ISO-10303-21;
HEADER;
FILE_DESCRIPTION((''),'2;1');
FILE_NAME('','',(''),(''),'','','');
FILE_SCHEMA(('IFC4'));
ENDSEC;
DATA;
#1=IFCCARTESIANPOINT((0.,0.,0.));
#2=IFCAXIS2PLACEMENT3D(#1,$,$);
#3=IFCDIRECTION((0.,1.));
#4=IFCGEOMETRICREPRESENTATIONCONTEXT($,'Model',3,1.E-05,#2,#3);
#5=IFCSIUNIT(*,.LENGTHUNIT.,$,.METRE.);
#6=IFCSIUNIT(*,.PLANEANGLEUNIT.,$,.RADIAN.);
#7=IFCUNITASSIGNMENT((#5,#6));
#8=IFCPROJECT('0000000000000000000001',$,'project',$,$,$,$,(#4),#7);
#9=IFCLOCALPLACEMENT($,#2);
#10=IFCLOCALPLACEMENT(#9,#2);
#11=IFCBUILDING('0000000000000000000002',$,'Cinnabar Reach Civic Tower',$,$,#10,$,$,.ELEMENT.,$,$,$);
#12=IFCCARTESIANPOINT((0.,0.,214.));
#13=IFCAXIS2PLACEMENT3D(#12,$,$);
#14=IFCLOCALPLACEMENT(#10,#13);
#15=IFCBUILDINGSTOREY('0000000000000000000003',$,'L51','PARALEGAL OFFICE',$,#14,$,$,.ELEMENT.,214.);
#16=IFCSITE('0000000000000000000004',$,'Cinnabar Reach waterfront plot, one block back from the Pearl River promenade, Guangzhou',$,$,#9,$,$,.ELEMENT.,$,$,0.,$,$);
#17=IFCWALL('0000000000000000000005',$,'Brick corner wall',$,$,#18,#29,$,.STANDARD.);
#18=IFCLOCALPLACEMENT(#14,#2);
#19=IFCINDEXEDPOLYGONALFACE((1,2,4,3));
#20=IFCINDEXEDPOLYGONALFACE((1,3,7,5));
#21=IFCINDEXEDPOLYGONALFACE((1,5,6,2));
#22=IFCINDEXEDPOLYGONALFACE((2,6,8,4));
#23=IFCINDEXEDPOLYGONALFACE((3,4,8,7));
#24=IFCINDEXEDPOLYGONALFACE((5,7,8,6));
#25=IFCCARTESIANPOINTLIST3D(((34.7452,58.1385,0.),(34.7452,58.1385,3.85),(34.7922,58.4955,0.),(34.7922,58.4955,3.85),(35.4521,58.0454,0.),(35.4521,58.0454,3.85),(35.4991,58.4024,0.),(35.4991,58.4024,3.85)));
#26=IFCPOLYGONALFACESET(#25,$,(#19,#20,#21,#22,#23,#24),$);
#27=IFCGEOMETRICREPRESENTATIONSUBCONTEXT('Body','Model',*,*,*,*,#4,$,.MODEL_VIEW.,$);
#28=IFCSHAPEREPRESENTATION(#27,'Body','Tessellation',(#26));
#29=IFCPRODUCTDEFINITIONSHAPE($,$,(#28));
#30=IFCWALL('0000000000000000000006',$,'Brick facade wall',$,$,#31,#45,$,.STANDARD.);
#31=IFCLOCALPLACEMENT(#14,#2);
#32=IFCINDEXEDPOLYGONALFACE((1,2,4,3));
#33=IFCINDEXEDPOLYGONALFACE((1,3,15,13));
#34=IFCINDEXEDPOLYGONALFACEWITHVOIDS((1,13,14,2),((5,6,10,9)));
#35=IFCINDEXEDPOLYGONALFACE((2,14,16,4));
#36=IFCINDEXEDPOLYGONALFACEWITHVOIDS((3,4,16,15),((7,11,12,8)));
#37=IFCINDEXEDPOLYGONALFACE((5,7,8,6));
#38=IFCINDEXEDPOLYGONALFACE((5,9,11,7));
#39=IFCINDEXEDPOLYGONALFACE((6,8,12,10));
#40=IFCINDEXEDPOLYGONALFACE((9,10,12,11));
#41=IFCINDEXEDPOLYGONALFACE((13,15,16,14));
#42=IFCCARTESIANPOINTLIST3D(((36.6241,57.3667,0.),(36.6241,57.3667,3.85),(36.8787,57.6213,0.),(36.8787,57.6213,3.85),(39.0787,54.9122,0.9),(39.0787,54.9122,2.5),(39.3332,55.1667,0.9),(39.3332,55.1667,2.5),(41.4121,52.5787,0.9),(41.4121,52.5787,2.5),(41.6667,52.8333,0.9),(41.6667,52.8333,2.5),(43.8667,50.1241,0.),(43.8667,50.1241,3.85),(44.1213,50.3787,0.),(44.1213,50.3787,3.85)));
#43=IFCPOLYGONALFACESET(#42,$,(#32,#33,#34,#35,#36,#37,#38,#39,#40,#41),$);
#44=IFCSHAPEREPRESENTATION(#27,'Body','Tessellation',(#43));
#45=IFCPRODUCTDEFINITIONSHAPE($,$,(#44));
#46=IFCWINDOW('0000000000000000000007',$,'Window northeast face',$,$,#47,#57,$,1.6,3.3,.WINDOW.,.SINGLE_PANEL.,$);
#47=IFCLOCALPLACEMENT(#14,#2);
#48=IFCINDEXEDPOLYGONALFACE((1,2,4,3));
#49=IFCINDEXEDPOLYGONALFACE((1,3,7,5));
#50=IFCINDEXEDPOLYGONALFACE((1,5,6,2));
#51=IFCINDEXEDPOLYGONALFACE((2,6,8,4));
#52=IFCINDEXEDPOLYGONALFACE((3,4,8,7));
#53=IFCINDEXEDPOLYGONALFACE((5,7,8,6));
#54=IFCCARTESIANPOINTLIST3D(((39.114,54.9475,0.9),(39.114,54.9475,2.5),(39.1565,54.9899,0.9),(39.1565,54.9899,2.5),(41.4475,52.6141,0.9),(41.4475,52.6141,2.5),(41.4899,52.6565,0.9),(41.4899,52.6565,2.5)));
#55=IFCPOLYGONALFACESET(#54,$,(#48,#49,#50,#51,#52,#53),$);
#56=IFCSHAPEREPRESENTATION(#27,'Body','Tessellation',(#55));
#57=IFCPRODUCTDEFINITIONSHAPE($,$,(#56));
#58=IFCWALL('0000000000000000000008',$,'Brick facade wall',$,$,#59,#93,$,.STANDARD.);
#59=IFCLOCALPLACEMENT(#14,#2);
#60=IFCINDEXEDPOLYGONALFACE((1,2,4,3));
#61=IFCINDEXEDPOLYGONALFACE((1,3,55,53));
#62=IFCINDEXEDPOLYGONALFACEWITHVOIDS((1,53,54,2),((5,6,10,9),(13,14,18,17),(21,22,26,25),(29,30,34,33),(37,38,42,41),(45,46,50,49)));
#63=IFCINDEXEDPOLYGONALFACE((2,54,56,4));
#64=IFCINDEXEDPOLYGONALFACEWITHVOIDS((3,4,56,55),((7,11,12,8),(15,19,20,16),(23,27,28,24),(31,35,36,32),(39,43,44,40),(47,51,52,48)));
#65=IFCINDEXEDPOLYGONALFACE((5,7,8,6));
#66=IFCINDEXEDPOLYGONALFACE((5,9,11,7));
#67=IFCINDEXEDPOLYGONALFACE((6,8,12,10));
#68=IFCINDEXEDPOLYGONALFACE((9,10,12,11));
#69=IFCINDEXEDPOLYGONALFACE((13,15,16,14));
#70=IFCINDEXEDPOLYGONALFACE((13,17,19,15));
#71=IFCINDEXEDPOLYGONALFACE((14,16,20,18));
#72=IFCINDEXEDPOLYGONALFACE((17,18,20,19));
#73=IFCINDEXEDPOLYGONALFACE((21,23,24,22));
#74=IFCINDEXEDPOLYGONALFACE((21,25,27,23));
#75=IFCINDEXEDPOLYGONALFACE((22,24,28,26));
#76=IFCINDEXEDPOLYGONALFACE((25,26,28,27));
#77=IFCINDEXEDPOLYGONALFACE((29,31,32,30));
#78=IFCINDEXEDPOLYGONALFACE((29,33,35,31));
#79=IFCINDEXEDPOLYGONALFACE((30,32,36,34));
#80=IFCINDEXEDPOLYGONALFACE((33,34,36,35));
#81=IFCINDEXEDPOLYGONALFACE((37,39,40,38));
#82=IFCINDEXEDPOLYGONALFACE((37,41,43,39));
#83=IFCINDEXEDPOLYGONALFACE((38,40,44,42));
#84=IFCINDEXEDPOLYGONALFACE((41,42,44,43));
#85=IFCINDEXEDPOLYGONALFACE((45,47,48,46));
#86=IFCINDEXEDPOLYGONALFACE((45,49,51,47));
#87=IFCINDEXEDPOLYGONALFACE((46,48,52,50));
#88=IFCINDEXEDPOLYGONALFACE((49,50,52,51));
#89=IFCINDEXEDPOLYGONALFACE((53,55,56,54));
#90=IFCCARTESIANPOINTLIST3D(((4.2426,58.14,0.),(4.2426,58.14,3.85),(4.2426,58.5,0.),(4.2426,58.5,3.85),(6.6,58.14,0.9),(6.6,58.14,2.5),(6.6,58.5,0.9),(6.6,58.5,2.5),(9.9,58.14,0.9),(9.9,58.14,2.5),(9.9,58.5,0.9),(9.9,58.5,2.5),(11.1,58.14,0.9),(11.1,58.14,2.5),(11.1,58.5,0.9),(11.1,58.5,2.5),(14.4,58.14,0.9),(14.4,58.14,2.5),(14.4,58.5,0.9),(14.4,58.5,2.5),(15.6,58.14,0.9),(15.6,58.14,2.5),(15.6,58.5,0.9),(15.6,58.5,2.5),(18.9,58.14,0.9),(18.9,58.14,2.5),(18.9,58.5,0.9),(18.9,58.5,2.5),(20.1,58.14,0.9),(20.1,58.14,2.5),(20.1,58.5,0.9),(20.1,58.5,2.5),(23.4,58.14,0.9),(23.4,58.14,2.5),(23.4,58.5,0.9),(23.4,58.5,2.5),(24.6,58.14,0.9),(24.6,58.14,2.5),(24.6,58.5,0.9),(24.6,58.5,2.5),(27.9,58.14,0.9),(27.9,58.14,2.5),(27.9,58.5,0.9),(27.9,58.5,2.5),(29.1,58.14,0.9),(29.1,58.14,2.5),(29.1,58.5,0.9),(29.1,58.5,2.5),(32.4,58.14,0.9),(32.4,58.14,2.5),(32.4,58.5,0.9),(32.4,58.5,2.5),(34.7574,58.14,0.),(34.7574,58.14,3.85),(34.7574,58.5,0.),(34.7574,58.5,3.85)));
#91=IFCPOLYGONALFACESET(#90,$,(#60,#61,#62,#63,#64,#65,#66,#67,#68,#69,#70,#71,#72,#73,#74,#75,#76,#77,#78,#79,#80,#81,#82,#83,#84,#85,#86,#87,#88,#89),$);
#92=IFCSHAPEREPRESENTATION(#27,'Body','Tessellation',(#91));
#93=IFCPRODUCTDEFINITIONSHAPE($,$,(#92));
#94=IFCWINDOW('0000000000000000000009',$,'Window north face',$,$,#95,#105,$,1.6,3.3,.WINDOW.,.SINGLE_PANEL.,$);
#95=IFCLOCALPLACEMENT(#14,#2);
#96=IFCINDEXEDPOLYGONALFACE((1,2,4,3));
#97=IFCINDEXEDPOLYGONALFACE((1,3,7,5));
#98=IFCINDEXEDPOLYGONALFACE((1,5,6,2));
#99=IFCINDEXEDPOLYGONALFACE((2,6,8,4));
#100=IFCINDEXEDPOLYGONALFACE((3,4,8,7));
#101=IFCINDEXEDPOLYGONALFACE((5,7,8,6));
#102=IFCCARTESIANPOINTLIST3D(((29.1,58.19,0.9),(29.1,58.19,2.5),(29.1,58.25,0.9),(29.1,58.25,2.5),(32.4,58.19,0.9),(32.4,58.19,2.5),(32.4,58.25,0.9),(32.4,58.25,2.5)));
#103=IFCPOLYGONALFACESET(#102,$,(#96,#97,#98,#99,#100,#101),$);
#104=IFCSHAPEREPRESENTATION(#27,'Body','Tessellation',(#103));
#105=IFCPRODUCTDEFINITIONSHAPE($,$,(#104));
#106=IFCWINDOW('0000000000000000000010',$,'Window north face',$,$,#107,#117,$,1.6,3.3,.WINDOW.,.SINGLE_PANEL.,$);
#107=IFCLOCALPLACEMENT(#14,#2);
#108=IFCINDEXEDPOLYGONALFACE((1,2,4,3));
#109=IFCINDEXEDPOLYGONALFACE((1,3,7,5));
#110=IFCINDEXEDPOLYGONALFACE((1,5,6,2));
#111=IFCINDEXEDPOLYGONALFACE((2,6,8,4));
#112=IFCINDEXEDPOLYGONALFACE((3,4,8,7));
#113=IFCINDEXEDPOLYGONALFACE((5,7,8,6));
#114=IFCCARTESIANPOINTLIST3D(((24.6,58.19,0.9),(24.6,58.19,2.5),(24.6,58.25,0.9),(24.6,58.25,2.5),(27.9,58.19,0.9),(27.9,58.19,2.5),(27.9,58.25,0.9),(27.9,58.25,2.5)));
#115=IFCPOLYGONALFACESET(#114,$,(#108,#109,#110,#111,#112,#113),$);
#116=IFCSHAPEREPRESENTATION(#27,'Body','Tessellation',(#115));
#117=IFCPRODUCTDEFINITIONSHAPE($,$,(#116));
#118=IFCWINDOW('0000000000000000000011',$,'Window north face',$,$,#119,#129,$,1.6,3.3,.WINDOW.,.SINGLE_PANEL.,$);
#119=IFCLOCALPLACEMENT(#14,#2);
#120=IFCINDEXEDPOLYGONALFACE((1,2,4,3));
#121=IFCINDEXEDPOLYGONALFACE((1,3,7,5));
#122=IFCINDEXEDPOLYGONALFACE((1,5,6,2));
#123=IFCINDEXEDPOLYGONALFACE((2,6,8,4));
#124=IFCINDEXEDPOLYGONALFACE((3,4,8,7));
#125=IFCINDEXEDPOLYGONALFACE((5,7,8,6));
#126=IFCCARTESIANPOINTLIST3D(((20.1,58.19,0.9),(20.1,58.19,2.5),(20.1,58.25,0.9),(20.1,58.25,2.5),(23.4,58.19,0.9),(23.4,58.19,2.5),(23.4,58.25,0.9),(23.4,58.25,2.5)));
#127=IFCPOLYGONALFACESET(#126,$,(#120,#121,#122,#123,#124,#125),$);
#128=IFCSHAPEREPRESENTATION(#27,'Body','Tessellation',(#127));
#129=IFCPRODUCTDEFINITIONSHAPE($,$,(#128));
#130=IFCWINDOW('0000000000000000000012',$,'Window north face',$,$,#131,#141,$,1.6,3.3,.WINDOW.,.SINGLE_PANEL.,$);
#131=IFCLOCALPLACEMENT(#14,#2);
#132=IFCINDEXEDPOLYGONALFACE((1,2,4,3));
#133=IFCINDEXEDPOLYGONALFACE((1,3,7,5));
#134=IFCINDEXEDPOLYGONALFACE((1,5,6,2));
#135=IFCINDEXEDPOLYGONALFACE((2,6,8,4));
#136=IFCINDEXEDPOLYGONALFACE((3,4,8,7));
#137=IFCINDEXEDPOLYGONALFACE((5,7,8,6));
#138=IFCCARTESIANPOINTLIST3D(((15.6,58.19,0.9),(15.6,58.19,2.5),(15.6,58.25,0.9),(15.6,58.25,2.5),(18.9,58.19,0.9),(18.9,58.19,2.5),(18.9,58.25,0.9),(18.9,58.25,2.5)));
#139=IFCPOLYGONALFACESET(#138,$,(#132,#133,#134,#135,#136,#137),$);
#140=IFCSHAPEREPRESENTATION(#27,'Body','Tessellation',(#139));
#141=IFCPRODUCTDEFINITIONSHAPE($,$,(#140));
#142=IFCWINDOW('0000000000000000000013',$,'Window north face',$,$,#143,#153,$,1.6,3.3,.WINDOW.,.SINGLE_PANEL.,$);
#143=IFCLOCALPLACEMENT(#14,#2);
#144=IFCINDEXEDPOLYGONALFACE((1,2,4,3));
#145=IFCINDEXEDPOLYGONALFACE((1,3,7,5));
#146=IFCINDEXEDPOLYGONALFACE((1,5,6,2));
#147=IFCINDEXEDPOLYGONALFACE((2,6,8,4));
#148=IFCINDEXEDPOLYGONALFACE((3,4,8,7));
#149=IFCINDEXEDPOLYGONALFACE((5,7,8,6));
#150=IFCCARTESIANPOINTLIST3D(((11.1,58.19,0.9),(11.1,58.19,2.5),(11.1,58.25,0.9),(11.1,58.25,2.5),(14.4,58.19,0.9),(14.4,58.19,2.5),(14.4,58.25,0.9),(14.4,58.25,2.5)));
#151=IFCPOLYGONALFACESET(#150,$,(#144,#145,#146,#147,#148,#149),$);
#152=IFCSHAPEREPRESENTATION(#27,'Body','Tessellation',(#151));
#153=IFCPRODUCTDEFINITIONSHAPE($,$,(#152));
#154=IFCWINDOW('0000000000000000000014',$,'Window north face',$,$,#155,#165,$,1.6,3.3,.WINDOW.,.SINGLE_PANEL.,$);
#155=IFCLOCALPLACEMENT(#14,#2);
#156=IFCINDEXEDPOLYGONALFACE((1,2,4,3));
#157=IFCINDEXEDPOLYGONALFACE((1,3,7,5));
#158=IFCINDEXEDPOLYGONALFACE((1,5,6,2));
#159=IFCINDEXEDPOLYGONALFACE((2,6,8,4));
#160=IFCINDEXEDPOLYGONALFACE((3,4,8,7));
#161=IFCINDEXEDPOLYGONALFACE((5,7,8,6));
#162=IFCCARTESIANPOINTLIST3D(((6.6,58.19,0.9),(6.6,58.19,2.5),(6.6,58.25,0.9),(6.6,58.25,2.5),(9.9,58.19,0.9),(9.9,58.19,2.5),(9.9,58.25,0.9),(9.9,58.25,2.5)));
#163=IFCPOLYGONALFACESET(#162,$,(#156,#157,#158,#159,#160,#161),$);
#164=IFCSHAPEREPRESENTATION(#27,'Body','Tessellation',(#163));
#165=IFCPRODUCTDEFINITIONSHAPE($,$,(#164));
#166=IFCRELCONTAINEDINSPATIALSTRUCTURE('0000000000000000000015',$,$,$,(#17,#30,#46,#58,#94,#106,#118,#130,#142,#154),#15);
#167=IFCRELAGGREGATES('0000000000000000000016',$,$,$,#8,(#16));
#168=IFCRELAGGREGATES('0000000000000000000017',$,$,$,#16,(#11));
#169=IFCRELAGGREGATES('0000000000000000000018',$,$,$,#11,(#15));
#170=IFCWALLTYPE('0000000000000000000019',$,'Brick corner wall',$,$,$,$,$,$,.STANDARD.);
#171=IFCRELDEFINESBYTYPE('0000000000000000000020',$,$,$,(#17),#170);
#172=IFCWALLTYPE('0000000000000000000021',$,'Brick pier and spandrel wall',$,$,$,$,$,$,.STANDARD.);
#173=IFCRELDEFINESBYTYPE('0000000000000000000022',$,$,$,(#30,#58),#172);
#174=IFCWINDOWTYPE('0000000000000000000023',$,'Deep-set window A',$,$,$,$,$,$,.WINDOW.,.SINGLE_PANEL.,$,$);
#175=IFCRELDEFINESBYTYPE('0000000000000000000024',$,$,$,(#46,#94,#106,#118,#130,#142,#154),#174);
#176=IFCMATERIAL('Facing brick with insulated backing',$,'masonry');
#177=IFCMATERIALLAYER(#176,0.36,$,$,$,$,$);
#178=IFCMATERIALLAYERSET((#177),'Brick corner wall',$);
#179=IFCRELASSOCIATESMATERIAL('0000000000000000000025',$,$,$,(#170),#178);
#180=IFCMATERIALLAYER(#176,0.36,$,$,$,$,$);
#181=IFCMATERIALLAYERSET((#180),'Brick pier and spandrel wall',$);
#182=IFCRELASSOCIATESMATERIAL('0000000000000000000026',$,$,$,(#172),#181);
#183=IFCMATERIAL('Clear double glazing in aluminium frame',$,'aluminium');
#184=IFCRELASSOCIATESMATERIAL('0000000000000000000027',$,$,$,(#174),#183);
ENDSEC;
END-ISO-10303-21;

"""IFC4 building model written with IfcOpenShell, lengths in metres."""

from ifc_helpers import new_model, si_unit, direction, frame, frame_2d, origin, place, context, subcontext, project, spatial, rectangle, extrude, material, layer, layer_set, type_object, element, fill, save


model = new_model("IFC4")

# Units and contexts
model_context = context("Model", 3, precision=1e-05, world=origin(), true_north=direction((0.0, 1.0)))
body_context = subcontext(model_context, "Body", "Model", "MODEL_VIEW")
ifc_project = project(units=[si_unit("LENGTHUNIT", "METRE"), si_unit("PLANEANGLEUNIT", "RADIAN")], contexts=[model_context])

# Site, building, storey
site_placement = place(None, origin())
site = spatial("IfcSite", under=ifc_project, at=site_placement, Name="Cinnabar Reach waterfront plot, one block back from the Pearl River promenade, Guangzhou", CompositionType="ELEMENT", RefElevation=0.0)
building_placement = place(site_placement, origin())
building = spatial("IfcBuilding", under=site, at=building_placement, Name="Cinnabar Reach Civic Tower", CompositionType="ELEMENT")
storey_placement = place(building_placement, frame((0.0, 0.0, 214.0)))
storey = spatial("IfcBuildingStorey", under=building, at=storey_placement, Name="L51", Description="PARALEGAL OFFICE", CompositionType="ELEMENT", Elevation=214.0)

# Wall
ifc_material_1 = material(Name="Facing brick with insulated backing", Category="masonry")
ifc_layer_1 = layer(ifc_material_1, 0.36)
ifc_layer_set_1 = layer_set([ifc_layer_1], Name="Brick corner wall")
wall_type_1 = type_object("IfcWallType", Name="Brick corner wall", PredefinedType="STANDARD", material=ifc_layer_set_1)
for number, where, z_axis, x_axis, name in (
    (1, (35.4756, 58.2239, 0.0), (0.0, 0.0, 1.0), (-0.991441, 0.130556, 0.0), "Brick corner wall"),
):
    element("IfcWall", number, at=place(storey_placement, frame(where, z_axis=z_axis, x_axis=x_axis)), inside=storey, type_object=wall_type_1, Name=name, PredefinedType="STANDARD", context=body_context, shape_type="SweptSolid", body=[
        extrude(rectangle(XDim=0.7131, YDim=0.36, at=frame_2d((0.3565, 0.0))), origin(), (0.0, 0.0, 1.0), 3.85),
    ])

# Wall, opening, window
ifc_layer_2 = layer(ifc_material_1, 0.36)
ifc_layer_set_2 = layer_set([ifc_layer_2], Name="Brick pier and spandrel wall")
wall_type_2 = type_object("IfcWallType", Name="Brick pier and spandrel wall", PredefinedType="STANDARD", material=ifc_layer_set_2)
wall_1_placement = place(storey_placement, frame((43.994, 50.2514, 0.0), z_axis=(0.0, 0.0, 1.0), x_axis=(-0.707107, 0.707107, 0.0)))
wall_1 = element("IfcWall", 2, at=wall_1_placement, inside=storey, type_object=wall_type_2, Name="Brick facade wall", PredefinedType="STANDARD", context=body_context, shape_type="SweptSolid", body=[
    extrude(rectangle(XDim=10.2426, YDim=0.36, at=frame_2d((5.1213, 0.0))), origin(), (0.0, 0.0, 1.0), 3.85),
])
opening_1_placement = place(wall_1_placement, frame((3.4713, 0.0, 0.9)))
opening_1 = element("IfcOpeningElement", 3, at=opening_1_placement, cuts=wall_1, PredefinedType="OPENING", context=body_context, shape_type="SweptSolid", body=[
    extrude(rectangle(XDim=3.3, YDim=1.6, at=frame_2d((1.65, 0.8))), frame((0.0, 0.19, 0.0), z_axis=(0.0, -1.0, 0.0), x_axis=(1.0, 0.0, 0.0)), (0.0, 0.0, 1.0), 0.38),
])
ifc_material_2 = material(Name="Clear double glazing in aluminium frame", Category="aluminium")
window_type = type_object("IfcWindowType", Name="Deep-set window A", PartitioningType="SINGLE_PANEL", PredefinedType="WINDOW", material=ifc_material_2)
window_1_placement = place(opening_1_placement, origin())
window_1 = element("IfcWindow", 4, at=window_1_placement, inside=storey, type_object=window_type, Name="Window northeast face", OverallHeight=1.6, OverallWidth=3.3, PartitioningType="SINGLE_PANEL", PredefinedType="WINDOW", context=body_context, shape_type="SweptSolid", body=[
    extrude(rectangle(XDim=3.3, YDim=1.6, at=frame_2d((1.65, 0.8))), frame((0.0, 0.13, 0.0), z_axis=(0.0, -1.0, 0.0), x_axis=(1.0, 0.0, 0.0)), (0.0, 0.0, 1.0), 0.06),
])
fill(opening_1, window_1)

# Wall, openings, windows
wall_2_placement = place(storey_placement, frame((34.7574, 58.32, 0.0), z_axis=(0.0, 0.0, 1.0), x_axis=(-1.0, 0.0, 0.0)))
wall_2 = element("IfcWall", 5, at=wall_2_placement, inside=storey, type_object=wall_type_2, Name="Brick facade wall", PredefinedType="STANDARD", context=body_context, shape_type="SweptSolid", body=[
    extrude(rectangle(XDim=30.5148, YDim=0.36, at=frame_2d((15.2574, 0.0))), origin(), (0.0, 0.0, 1.0), 3.85),
])
opening_2_placement = place(wall_2_placement, frame((2.3574, 0.0, 0.9)))
opening_2 = element("IfcOpeningElement", 6, at=opening_2_placement, cuts=wall_2, PredefinedType="OPENING", context=body_context, shape_type="SweptSolid", body=[
    extrude(rectangle(XDim=3.3, YDim=1.6, at=frame_2d((1.65, 0.8))), frame((0.0, 0.19, 0.0), z_axis=(0.0, -1.0, 0.0), x_axis=(1.0, 0.0, 0.0)), (0.0, 0.0, 1.0), 0.38),
])
opening_3_placement = place(wall_2_placement, frame((6.8574, 0.0, 0.9)))
opening_3 = element("IfcOpeningElement", 7, at=opening_3_placement, cuts=wall_2, PredefinedType="OPENING", context=body_context, shape_type="SweptSolid", body=[
    extrude(rectangle(XDim=3.3, YDim=1.6, at=frame_2d((1.65, 0.8))), frame((0.0, 0.19, 0.0), z_axis=(0.0, -1.0, 0.0), x_axis=(1.0, 0.0, 0.0)), (0.0, 0.0, 1.0), 0.38),
])
opening_4_placement = place(wall_2_placement, frame((11.3574, 0.0, 0.9)))
opening_4 = element("IfcOpeningElement", 8, at=opening_4_placement, cuts=wall_2, PredefinedType="OPENING", context=body_context, shape_type="SweptSolid", body=[
    extrude(rectangle(XDim=3.3, YDim=1.6, at=frame_2d((1.65, 0.8))), frame((0.0, 0.19, 0.0), z_axis=(0.0, -1.0, 0.0), x_axis=(1.0, 0.0, 0.0)), (0.0, 0.0, 1.0), 0.38),
])
opening_5_placement = place(wall_2_placement, frame((15.8574, 0.0, 0.9)))
opening_5 = element("IfcOpeningElement", 9, at=opening_5_placement, cuts=wall_2, PredefinedType="OPENING", context=body_context, shape_type="SweptSolid", body=[
    extrude(rectangle(XDim=3.3, YDim=1.6, at=frame_2d((1.65, 0.8))), frame((0.0, 0.19, 0.0), z_axis=(0.0, -1.0, 0.0), x_axis=(1.0, 0.0, 0.0)), (0.0, 0.0, 1.0), 0.38),
])
opening_6_placement = place(wall_2_placement, frame((20.3574, 0.0, 0.9)))
opening_6 = element("IfcOpeningElement", 10, at=opening_6_placement, cuts=wall_2, PredefinedType="OPENING", context=body_context, shape_type="SweptSolid", body=[
    extrude(rectangle(XDim=3.3, YDim=1.6, at=frame_2d((1.65, 0.8))), frame((0.0, 0.19, 0.0), z_axis=(0.0, -1.0, 0.0), x_axis=(1.0, 0.0, 0.0)), (0.0, 0.0, 1.0), 0.38),
])
opening_7_placement = place(wall_2_placement, frame((24.8574, 0.0, 0.9)))
opening_7 = element("IfcOpeningElement", 11, at=opening_7_placement, cuts=wall_2, PredefinedType="OPENING", context=body_context, shape_type="SweptSolid", body=[
    extrude(rectangle(XDim=3.3, YDim=1.6, at=frame_2d((1.65, 0.8))), frame((0.0, 0.19, 0.0), z_axis=(0.0, -1.0, 0.0), x_axis=(1.0, 0.0, 0.0)), (0.0, 0.0, 1.0), 0.38),
])
window_2_placement = place(opening_2_placement, origin())
window_2 = element("IfcWindow", 12, at=window_2_placement, inside=storey, type_object=window_type, Name="Window north face", OverallHeight=1.6, OverallWidth=3.3, PartitioningType="SINGLE_PANEL", PredefinedType="WINDOW", context=body_context, shape_type="SweptSolid", body=[
    extrude(rectangle(XDim=3.3, YDim=1.6, at=frame_2d((1.65, 0.8))), frame((0.0, 0.13, 0.0), z_axis=(0.0, -1.0, 0.0), x_axis=(1.0, 0.0, 0.0)), (0.0, 0.0, 1.0), 0.06),
])
fill(opening_2, window_2)
window_3_placement = place(opening_3_placement, origin())
window_3 = element("IfcWindow", 13, at=window_3_placement, inside=storey, type_object=window_type, Name="Window north face", OverallHeight=1.6, OverallWidth=3.3, PartitioningType="SINGLE_PANEL", PredefinedType="WINDOW", context=body_context, shape_type="SweptSolid", body=[
    extrude(rectangle(XDim=3.3, YDim=1.6, at=frame_2d((1.65, 0.8))), frame((0.0, 0.13, 0.0), z_axis=(0.0, -1.0, 0.0), x_axis=(1.0, 0.0, 0.0)), (0.0, 0.0, 1.0), 0.06),
])
fill(opening_3, window_3)
window_4_placement = place(opening_4_placement, origin())
window_4 = element("IfcWindow", 14, at=window_4_placement, inside=storey, type_object=window_type, Name="Window north face", OverallHeight=1.6, OverallWidth=3.3, PartitioningType="SINGLE_PANEL", PredefinedType="WINDOW", context=body_context, shape_type="SweptSolid", body=[
    extrude(rectangle(XDim=3.3, YDim=1.6, at=frame_2d((1.65, 0.8))), frame((0.0, 0.13, 0.0), z_axis=(0.0, -1.0, 0.0), x_axis=(1.0, 0.0, 0.0)), (0.0, 0.0, 1.0), 0.06),
])
fill(opening_4, window_4)
window_5_placement = place(opening_5_placement, origin())
window_5 = element("IfcWindow", 15, at=window_5_placement, inside=storey, type_object=window_type, Name="Window north face", OverallHeight=1.6, OverallWidth=3.3, PartitioningType="SINGLE_PANEL", PredefinedType="WINDOW", context=body_context, shape_type="SweptSolid", body=[
    extrude(rectangle(XDim=3.3, YDim=1.6, at=frame_2d((1.65, 0.8))), frame((0.0, 0.13, 0.0), z_axis=(0.0, -1.0, 0.0), x_axis=(1.0, 0.0, 0.0)), (0.0, 0.0, 1.0), 0.06),
])
fill(opening_5, window_5)
window_6_placement = place(opening_6_placement, origin())
window_6 = element("IfcWindow", 16, at=window_6_placement, inside=storey, type_object=window_type, Name="Window north face", OverallHeight=1.6, OverallWidth=3.3, PartitioningType="SINGLE_PANEL", PredefinedType="WINDOW", context=body_context, shape_type="SweptSolid", body=[
    extrude(rectangle(XDim=3.3, YDim=1.6, at=frame_2d((1.65, 0.8))), frame((0.0, 0.13, 0.0), z_axis=(0.0, -1.0, 0.0), x_axis=(1.0, 0.0, 0.0)), (0.0, 0.0, 1.0), 0.06),
])
fill(opening_6, window_6)
window_7_placement = place(opening_7_placement, origin())
window_7 = element("IfcWindow", 17, at=window_7_placement, inside=storey, type_object=window_type, Name="Window north face", OverallHeight=1.6, OverallWidth=3.3, PartitioningType="SINGLE_PANEL", PredefinedType="WINDOW", context=body_context, shape_type="SweptSolid", body=[
    extrude(rectangle(XDim=3.3, YDim=1.6, at=frame_2d((1.65, 0.8))), frame((0.0, 0.13, 0.0), z_axis=(0.0, -1.0, 0.0), x_axis=(1.0, 0.0, 0.0)), (0.0, 0.0, 1.0), 0.06),
])
fill(opening_7, window_7)

save(model, "model.ifc")
